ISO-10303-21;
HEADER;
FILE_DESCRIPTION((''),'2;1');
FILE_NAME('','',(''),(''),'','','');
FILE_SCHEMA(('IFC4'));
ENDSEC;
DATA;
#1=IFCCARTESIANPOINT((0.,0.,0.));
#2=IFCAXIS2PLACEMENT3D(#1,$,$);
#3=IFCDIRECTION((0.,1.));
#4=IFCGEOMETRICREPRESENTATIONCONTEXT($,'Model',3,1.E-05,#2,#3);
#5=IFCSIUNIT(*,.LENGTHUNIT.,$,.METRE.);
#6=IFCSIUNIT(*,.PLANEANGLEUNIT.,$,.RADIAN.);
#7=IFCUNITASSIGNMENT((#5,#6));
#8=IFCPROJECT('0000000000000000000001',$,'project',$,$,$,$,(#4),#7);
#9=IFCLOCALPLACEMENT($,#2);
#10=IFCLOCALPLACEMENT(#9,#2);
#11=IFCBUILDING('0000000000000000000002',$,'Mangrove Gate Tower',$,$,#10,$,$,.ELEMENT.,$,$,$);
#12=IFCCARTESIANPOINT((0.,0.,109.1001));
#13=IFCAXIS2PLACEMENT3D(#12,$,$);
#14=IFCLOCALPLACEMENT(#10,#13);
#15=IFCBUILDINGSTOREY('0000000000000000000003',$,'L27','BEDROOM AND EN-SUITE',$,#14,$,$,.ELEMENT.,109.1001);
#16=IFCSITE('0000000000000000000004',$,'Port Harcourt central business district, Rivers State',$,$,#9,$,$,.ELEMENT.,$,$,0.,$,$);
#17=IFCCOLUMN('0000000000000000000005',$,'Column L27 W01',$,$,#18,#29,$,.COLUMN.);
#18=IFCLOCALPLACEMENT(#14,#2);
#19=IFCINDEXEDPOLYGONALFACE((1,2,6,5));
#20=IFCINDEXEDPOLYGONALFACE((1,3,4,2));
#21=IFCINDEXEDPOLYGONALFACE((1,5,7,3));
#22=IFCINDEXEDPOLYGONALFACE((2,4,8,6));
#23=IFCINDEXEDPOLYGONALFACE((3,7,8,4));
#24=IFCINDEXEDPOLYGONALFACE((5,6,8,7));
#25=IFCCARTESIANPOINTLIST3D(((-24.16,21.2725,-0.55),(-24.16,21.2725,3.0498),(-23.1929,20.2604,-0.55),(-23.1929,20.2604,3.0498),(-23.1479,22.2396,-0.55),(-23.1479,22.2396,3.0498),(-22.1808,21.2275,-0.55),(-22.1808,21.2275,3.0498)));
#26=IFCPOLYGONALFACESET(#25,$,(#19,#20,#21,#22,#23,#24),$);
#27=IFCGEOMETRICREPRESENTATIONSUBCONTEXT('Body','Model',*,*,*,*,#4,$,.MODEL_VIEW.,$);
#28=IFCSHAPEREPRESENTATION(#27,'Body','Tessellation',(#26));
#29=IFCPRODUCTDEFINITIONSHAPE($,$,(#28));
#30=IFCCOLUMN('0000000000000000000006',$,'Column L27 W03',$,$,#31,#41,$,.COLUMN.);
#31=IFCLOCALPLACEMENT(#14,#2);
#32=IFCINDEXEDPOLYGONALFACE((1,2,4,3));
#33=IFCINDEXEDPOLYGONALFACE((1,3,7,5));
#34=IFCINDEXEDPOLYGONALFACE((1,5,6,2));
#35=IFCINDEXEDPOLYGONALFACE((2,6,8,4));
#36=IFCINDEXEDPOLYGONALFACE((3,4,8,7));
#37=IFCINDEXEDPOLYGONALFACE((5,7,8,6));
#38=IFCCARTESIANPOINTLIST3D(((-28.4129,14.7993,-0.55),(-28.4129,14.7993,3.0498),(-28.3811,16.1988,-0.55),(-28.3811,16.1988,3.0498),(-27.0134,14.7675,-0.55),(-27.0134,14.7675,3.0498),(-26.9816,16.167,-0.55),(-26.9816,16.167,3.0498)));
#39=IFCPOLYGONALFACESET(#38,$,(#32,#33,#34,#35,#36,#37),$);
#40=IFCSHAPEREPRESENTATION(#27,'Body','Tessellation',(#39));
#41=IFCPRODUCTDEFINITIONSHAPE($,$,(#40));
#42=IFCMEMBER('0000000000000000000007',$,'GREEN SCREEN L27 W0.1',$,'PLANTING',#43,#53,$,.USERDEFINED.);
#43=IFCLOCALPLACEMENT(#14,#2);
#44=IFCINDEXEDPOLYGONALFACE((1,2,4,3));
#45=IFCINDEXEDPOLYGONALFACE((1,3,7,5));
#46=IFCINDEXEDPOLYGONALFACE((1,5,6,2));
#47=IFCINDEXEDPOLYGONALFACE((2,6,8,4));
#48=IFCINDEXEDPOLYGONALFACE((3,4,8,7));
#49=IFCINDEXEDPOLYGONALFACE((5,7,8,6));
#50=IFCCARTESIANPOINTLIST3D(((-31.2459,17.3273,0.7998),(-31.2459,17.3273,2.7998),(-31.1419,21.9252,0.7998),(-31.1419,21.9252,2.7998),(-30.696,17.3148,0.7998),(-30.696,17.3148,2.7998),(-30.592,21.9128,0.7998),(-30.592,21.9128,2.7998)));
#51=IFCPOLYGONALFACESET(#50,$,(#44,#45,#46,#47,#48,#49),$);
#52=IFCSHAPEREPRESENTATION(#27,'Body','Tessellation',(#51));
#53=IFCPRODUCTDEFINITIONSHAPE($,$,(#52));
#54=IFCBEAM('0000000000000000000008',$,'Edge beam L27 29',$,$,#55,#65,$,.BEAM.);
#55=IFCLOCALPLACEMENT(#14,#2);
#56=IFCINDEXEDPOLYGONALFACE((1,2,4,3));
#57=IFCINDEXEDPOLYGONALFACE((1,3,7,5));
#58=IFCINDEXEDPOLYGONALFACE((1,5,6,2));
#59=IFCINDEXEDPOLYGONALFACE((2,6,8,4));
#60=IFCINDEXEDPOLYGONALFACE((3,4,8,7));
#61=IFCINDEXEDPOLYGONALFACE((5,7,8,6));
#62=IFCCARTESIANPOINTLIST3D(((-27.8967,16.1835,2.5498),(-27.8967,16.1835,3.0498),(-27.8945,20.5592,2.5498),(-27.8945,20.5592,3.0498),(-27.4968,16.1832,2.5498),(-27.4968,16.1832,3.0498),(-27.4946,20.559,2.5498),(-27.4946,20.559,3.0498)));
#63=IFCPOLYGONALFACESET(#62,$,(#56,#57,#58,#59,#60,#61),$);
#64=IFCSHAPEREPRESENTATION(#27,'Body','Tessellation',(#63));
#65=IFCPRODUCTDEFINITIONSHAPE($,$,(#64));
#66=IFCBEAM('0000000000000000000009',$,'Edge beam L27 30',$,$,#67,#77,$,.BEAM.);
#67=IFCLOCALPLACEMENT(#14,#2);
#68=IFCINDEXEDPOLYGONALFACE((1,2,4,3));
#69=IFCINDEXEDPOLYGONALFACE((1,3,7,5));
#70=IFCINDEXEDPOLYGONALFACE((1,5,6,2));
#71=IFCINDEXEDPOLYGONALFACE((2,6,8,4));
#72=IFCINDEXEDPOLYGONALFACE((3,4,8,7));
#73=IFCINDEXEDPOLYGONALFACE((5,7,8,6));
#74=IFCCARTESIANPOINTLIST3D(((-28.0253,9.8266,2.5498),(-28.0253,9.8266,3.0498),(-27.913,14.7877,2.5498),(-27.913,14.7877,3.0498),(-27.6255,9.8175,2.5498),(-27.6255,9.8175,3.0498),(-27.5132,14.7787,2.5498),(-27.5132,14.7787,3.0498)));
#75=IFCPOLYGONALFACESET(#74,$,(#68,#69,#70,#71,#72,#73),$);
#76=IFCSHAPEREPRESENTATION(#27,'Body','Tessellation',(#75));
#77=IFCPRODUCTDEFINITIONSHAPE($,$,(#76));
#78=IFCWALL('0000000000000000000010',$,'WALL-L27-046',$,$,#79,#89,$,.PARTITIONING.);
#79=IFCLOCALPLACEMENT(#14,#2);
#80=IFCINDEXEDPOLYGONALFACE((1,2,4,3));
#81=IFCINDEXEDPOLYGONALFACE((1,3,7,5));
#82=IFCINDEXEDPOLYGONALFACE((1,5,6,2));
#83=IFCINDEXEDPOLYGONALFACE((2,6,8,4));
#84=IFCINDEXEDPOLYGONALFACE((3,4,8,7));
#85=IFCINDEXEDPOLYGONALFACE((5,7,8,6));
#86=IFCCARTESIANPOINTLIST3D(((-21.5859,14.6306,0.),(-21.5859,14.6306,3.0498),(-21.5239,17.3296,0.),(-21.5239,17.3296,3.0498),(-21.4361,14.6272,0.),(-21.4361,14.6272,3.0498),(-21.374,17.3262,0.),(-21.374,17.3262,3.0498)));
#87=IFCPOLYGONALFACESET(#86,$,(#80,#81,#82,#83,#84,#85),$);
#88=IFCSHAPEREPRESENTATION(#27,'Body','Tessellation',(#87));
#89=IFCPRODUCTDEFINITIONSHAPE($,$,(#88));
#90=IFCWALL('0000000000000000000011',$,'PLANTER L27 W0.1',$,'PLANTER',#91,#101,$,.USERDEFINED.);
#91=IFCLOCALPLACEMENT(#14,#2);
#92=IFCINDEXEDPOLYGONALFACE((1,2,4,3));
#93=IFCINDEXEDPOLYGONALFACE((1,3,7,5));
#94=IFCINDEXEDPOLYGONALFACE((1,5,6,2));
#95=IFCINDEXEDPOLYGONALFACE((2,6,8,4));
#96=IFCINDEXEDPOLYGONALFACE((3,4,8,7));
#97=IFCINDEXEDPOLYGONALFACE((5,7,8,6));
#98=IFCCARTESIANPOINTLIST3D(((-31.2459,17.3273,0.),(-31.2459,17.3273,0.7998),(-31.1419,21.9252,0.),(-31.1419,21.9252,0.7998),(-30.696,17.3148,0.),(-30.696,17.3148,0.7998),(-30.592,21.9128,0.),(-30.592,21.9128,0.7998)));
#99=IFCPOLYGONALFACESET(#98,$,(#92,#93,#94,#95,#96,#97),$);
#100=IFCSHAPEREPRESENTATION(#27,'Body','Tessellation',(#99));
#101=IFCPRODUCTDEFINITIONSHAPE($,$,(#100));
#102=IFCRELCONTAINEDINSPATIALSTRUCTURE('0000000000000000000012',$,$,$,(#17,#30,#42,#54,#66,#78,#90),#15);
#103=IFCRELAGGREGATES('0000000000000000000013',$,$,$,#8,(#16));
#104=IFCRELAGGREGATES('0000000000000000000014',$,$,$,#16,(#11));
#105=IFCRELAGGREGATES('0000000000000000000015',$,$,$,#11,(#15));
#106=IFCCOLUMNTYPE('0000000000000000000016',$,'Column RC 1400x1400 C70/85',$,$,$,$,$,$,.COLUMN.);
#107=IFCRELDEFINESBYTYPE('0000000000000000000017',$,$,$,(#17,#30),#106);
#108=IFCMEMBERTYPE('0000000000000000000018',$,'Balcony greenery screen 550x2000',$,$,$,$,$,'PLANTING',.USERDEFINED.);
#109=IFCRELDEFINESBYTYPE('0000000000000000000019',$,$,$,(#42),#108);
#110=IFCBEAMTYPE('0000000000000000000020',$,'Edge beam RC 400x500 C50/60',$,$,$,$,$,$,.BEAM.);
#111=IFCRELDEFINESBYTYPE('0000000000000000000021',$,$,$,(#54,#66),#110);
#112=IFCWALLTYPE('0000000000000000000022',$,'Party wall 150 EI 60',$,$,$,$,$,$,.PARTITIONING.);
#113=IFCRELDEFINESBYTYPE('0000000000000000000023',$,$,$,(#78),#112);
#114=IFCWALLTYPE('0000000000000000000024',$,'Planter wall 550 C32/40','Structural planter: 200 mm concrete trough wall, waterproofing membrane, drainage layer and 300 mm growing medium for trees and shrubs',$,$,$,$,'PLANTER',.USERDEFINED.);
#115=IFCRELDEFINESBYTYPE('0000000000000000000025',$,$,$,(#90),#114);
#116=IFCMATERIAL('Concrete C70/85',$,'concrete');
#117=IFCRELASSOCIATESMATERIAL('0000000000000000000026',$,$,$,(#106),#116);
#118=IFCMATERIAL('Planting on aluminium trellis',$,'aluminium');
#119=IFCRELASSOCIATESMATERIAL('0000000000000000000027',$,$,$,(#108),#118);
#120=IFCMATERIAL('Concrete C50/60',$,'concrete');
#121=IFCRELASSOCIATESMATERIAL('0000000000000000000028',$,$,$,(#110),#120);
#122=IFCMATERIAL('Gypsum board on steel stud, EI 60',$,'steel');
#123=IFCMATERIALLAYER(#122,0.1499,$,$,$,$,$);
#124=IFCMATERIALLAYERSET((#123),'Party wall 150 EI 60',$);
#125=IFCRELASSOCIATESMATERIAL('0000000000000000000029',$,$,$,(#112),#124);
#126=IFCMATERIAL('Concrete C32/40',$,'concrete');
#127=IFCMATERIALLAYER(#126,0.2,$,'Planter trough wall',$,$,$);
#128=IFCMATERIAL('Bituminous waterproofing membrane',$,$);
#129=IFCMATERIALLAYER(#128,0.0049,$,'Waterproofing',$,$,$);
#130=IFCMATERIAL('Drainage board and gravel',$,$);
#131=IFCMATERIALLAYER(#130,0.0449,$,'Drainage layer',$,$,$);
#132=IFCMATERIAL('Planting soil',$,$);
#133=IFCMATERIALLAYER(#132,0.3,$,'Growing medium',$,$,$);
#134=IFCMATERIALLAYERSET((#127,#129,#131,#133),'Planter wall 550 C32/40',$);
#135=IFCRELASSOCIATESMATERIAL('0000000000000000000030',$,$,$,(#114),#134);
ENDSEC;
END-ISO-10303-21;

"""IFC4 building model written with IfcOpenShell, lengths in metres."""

from ifc_helpers import new_model, si_unit, direction, frame, frame_2d, origin, origin_2d, place, context, subcontext, project, spatial, rectangle, extrude, material, layer, layer_set, material_profile, profile_set, type_object, element, save


model = new_model("IFC4")

# Units and contexts
model_context = context("Model", 3, precision=1e-05, world=origin(), true_north=direction((0.0, 1.0)))
body_context = subcontext(model_context, "Body", "Model", "MODEL_VIEW")
ifc_project = project(units=[si_unit("LENGTHUNIT", "METRE"), si_unit("PLANEANGLEUNIT", "RADIAN")], contexts=[model_context])

# Site, building, storey
site_placement = place(None, origin())
site = spatial("IfcSite", under=ifc_project, at=site_placement, Name="Port Harcourt central business district, Rivers State", CompositionType="ELEMENT", RefElevation=0.0)
building_placement = place(site_placement, origin())
building = spatial("IfcBuilding", under=site, at=building_placement, Name="Mangrove Gate Tower", CompositionType="ELEMENT")
storey_placement = place(building_placement, frame((0.0, 0.0, 109.1001)))
storey = spatial("IfcBuildingStorey", under=building, at=storey_placement, Name="L27", Description="BEDROOM AND EN-SUITE", CompositionType="ELEMENT", Elevation=109.1001)

# Columns
ifc_material_1 = material(Name="Concrete C70/85", Category="concrete")
ifc_material_profile_1 = material_profile(ifc_material_1, rectangle(XDim=1.3999, YDim=1.3999, at=origin_2d()))
ifc_profile_set_1 = profile_set([ifc_material_profile_1], Name="Concrete C70/85")
column_type = type_object("IfcColumnType", Name="Column RC 1400x1400 C70/85", PredefinedType="COLUMN", material=ifc_profile_set_1)
for number, where, z_axis, x_axis, name in (
    (1, (-23.1704, 21.25, -0.55), (0.0, 0.0, 1.0), (-0.722989, -0.69086, 0.0), "Column L27 W01"),
    (2, (-27.6973, 15.4832, -0.55), (0.0, 0.0, 1.0), (-0.022711, -0.999742, 0.0), "Column L27 W03"),
):
    element("IfcColumn", number, at=place(storey_placement, frame(where, z_axis=z_axis, x_axis=x_axis)), inside=storey, type_object=column_type, Name=name, PredefinedType="COLUMN", context=body_context, shape_type="SweptSolid", body=[
        extrude(rectangle(XDim=1.3999, YDim=1.3999, at=origin_2d()), origin(), (0.0, 0.0, 1.0), 3.5999),
    ])

# Member
ifc_material_2 = material(Name="Planting on aluminium trellis", Category="aluminium")
ifc_material_profile_2 = material_profile(ifc_material_2, rectangle(XDim=0.55, YDim=2.0, at=origin_2d()))
ifc_profile_set_2 = profile_set([ifc_material_profile_2], Name="Planting on aluminium trellis")
member_type = type_object("IfcMemberType", Name="Balcony greenery screen 550x2000", ElementType="PLANTING", PredefinedType="USERDEFINED", material=ifc_profile_set_2)
member_placement = place(storey_placement, frame((-30.9709, 17.321, 1.7998), z_axis=(0.022614, 0.999744, 0.0), x_axis=(-0.999744, 0.022614, 0.0)))
element("IfcMember", 3, at=member_placement, inside=storey, type_object=member_type, Name="GREEN SCREEN L27 W0.1", ObjectType="PLANTING", PredefinedType="USERDEFINED", context=body_context, shape_type="SweptSolid", body=[
    extrude(rectangle(XDim=0.55, YDim=2.0, at=origin_2d()), origin(), (0.0, 0.0, 1.0), 4.5991),
])

# Beams
ifc_material_3 = material(Name="Concrete C50/60", Category="concrete")
ifc_material_profile_3 = material_profile(ifc_material_3, rectangle(XDim=0.3999, YDim=0.5, at=origin_2d()))
ifc_profile_set_3 = profile_set([ifc_material_profile_3], Name="Concrete C50/60")
beam_type = type_object("IfcBeamType", Name="Edge beam RC 400x500 C50/60", PredefinedType="BEAM", material=ifc_profile_set_3)
beam_1_placement = place(storey_placement, frame((-27.6946, 20.5591, 2.7998), z_axis=(-0.000502, -1.0, 0.0), x_axis=(1.0, -0.000502, 0.0)))
element("IfcBeam", 4, at=beam_1_placement, inside=storey, type_object=beam_type, Name="Edge beam L27 29", PredefinedType="BEAM", context=body_context, shape_type="SweptSolid", body=[
    extrude(rectangle(XDim=0.3999, YDim=0.5, at=origin_2d()), origin(), (0.0, 0.0, 1.0), 4.3757),
])
beam_2_placement = place(storey_placement, frame((-27.7131, 14.7832, 2.7998), z_axis=(-0.022631, -0.999744, 0.0), x_axis=(0.999744, -0.022631, 0.0)))
element("IfcBeam", 5, at=beam_2_placement, inside=storey, type_object=beam_type, Name="Edge beam L27 30", PredefinedType="BEAM", context=body_context, shape_type="SweptSolid", body=[
    extrude(rectangle(XDim=0.3999, YDim=0.5, at=origin_2d()), origin(), (0.0, 0.0, 1.0), 4.9624),
])

# Walls
ifc_material_4 = material(Name="Gypsum board on steel stud, EI 60", Category="steel")
ifc_layer_1 = layer(ifc_material_4, 0.1499)
ifc_layer_set_1 = layer_set([ifc_layer_1], Name="Party wall 150 EI 60")
wall_type_1 = type_object("IfcWallType", Name="Party wall 150 EI 60", PredefinedType="PARTITIONING", material=ifc_layer_set_1)
wall_1_placement = place(storey_placement, frame((-21.511, 14.6289, 0.0), z_axis=(0.0, 0.0, 1.0), x_axis=(0.02297, 0.999736, 0.0)))
element("IfcWall", 6, at=wall_1_placement, inside=storey, type_object=wall_type_1, Name="WALL-L27-046", PredefinedType="PARTITIONING", context=body_context, shape_type="SweptSolid", body=[
    extrude(rectangle(XDim=2.6997, YDim=0.1499, at=frame_2d((1.3499, 0.0))), origin(), (0.0, 0.0, 1.0), 3.0498),
])
ifc_material_5 = material(Name="Concrete C32/40", Category="concrete")
ifc_layer_2 = layer(ifc_material_5, 0.2, Name="Planter trough wall")
ifc_material_6 = material(Name="Bituminous waterproofing membrane")
ifc_layer_3 = layer(ifc_material_6, 0.0049, Name="Waterproofing")
ifc_material_7 = material(Name="Drainage board and gravel")
ifc_layer_4 = layer(ifc_material_7, 0.0449, Name="Drainage layer")
ifc_material_8 = material(Name="Planting soil")
ifc_layer_5 = layer(ifc_material_8, 0.3, Name="Growing medium")
ifc_layer_set_2 = layer_set([ifc_layer_2, ifc_layer_3, ifc_layer_4, ifc_layer_5], Name="Planter wall 550 C32/40")
wall_type_2 = type_object("IfcWallType", Name="Planter wall 550 C32/40", Description="Structural planter: 200 mm concrete trough wall, waterproofing membrane, drainage layer and 300 mm growing medium for trees and shrubs", ElementType="PLANTER", PredefinedType="USERDEFINED", material=ifc_layer_set_2)
wall_2_placement = place(storey_placement, frame((-30.9709, 17.321, 0.0), z_axis=(0.0, 0.0, 1.0), x_axis=(0.022614, 0.999744, 0.0)))
element("IfcWall", 7, at=wall_2_placement, inside=storey, type_object=wall_type_2, Name="PLANTER L27 W0.1", ObjectType="PLANTER", PredefinedType="USERDEFINED", context=body_context, shape_type="SweptSolid", body=[
    extrude(rectangle(XDim=4.5991, YDim=0.55, at=frame_2d((2.2996, 0.0))), origin(), (0.0, 0.0, 1.0), 0.7998),
])

save(model, "model.ifc")
